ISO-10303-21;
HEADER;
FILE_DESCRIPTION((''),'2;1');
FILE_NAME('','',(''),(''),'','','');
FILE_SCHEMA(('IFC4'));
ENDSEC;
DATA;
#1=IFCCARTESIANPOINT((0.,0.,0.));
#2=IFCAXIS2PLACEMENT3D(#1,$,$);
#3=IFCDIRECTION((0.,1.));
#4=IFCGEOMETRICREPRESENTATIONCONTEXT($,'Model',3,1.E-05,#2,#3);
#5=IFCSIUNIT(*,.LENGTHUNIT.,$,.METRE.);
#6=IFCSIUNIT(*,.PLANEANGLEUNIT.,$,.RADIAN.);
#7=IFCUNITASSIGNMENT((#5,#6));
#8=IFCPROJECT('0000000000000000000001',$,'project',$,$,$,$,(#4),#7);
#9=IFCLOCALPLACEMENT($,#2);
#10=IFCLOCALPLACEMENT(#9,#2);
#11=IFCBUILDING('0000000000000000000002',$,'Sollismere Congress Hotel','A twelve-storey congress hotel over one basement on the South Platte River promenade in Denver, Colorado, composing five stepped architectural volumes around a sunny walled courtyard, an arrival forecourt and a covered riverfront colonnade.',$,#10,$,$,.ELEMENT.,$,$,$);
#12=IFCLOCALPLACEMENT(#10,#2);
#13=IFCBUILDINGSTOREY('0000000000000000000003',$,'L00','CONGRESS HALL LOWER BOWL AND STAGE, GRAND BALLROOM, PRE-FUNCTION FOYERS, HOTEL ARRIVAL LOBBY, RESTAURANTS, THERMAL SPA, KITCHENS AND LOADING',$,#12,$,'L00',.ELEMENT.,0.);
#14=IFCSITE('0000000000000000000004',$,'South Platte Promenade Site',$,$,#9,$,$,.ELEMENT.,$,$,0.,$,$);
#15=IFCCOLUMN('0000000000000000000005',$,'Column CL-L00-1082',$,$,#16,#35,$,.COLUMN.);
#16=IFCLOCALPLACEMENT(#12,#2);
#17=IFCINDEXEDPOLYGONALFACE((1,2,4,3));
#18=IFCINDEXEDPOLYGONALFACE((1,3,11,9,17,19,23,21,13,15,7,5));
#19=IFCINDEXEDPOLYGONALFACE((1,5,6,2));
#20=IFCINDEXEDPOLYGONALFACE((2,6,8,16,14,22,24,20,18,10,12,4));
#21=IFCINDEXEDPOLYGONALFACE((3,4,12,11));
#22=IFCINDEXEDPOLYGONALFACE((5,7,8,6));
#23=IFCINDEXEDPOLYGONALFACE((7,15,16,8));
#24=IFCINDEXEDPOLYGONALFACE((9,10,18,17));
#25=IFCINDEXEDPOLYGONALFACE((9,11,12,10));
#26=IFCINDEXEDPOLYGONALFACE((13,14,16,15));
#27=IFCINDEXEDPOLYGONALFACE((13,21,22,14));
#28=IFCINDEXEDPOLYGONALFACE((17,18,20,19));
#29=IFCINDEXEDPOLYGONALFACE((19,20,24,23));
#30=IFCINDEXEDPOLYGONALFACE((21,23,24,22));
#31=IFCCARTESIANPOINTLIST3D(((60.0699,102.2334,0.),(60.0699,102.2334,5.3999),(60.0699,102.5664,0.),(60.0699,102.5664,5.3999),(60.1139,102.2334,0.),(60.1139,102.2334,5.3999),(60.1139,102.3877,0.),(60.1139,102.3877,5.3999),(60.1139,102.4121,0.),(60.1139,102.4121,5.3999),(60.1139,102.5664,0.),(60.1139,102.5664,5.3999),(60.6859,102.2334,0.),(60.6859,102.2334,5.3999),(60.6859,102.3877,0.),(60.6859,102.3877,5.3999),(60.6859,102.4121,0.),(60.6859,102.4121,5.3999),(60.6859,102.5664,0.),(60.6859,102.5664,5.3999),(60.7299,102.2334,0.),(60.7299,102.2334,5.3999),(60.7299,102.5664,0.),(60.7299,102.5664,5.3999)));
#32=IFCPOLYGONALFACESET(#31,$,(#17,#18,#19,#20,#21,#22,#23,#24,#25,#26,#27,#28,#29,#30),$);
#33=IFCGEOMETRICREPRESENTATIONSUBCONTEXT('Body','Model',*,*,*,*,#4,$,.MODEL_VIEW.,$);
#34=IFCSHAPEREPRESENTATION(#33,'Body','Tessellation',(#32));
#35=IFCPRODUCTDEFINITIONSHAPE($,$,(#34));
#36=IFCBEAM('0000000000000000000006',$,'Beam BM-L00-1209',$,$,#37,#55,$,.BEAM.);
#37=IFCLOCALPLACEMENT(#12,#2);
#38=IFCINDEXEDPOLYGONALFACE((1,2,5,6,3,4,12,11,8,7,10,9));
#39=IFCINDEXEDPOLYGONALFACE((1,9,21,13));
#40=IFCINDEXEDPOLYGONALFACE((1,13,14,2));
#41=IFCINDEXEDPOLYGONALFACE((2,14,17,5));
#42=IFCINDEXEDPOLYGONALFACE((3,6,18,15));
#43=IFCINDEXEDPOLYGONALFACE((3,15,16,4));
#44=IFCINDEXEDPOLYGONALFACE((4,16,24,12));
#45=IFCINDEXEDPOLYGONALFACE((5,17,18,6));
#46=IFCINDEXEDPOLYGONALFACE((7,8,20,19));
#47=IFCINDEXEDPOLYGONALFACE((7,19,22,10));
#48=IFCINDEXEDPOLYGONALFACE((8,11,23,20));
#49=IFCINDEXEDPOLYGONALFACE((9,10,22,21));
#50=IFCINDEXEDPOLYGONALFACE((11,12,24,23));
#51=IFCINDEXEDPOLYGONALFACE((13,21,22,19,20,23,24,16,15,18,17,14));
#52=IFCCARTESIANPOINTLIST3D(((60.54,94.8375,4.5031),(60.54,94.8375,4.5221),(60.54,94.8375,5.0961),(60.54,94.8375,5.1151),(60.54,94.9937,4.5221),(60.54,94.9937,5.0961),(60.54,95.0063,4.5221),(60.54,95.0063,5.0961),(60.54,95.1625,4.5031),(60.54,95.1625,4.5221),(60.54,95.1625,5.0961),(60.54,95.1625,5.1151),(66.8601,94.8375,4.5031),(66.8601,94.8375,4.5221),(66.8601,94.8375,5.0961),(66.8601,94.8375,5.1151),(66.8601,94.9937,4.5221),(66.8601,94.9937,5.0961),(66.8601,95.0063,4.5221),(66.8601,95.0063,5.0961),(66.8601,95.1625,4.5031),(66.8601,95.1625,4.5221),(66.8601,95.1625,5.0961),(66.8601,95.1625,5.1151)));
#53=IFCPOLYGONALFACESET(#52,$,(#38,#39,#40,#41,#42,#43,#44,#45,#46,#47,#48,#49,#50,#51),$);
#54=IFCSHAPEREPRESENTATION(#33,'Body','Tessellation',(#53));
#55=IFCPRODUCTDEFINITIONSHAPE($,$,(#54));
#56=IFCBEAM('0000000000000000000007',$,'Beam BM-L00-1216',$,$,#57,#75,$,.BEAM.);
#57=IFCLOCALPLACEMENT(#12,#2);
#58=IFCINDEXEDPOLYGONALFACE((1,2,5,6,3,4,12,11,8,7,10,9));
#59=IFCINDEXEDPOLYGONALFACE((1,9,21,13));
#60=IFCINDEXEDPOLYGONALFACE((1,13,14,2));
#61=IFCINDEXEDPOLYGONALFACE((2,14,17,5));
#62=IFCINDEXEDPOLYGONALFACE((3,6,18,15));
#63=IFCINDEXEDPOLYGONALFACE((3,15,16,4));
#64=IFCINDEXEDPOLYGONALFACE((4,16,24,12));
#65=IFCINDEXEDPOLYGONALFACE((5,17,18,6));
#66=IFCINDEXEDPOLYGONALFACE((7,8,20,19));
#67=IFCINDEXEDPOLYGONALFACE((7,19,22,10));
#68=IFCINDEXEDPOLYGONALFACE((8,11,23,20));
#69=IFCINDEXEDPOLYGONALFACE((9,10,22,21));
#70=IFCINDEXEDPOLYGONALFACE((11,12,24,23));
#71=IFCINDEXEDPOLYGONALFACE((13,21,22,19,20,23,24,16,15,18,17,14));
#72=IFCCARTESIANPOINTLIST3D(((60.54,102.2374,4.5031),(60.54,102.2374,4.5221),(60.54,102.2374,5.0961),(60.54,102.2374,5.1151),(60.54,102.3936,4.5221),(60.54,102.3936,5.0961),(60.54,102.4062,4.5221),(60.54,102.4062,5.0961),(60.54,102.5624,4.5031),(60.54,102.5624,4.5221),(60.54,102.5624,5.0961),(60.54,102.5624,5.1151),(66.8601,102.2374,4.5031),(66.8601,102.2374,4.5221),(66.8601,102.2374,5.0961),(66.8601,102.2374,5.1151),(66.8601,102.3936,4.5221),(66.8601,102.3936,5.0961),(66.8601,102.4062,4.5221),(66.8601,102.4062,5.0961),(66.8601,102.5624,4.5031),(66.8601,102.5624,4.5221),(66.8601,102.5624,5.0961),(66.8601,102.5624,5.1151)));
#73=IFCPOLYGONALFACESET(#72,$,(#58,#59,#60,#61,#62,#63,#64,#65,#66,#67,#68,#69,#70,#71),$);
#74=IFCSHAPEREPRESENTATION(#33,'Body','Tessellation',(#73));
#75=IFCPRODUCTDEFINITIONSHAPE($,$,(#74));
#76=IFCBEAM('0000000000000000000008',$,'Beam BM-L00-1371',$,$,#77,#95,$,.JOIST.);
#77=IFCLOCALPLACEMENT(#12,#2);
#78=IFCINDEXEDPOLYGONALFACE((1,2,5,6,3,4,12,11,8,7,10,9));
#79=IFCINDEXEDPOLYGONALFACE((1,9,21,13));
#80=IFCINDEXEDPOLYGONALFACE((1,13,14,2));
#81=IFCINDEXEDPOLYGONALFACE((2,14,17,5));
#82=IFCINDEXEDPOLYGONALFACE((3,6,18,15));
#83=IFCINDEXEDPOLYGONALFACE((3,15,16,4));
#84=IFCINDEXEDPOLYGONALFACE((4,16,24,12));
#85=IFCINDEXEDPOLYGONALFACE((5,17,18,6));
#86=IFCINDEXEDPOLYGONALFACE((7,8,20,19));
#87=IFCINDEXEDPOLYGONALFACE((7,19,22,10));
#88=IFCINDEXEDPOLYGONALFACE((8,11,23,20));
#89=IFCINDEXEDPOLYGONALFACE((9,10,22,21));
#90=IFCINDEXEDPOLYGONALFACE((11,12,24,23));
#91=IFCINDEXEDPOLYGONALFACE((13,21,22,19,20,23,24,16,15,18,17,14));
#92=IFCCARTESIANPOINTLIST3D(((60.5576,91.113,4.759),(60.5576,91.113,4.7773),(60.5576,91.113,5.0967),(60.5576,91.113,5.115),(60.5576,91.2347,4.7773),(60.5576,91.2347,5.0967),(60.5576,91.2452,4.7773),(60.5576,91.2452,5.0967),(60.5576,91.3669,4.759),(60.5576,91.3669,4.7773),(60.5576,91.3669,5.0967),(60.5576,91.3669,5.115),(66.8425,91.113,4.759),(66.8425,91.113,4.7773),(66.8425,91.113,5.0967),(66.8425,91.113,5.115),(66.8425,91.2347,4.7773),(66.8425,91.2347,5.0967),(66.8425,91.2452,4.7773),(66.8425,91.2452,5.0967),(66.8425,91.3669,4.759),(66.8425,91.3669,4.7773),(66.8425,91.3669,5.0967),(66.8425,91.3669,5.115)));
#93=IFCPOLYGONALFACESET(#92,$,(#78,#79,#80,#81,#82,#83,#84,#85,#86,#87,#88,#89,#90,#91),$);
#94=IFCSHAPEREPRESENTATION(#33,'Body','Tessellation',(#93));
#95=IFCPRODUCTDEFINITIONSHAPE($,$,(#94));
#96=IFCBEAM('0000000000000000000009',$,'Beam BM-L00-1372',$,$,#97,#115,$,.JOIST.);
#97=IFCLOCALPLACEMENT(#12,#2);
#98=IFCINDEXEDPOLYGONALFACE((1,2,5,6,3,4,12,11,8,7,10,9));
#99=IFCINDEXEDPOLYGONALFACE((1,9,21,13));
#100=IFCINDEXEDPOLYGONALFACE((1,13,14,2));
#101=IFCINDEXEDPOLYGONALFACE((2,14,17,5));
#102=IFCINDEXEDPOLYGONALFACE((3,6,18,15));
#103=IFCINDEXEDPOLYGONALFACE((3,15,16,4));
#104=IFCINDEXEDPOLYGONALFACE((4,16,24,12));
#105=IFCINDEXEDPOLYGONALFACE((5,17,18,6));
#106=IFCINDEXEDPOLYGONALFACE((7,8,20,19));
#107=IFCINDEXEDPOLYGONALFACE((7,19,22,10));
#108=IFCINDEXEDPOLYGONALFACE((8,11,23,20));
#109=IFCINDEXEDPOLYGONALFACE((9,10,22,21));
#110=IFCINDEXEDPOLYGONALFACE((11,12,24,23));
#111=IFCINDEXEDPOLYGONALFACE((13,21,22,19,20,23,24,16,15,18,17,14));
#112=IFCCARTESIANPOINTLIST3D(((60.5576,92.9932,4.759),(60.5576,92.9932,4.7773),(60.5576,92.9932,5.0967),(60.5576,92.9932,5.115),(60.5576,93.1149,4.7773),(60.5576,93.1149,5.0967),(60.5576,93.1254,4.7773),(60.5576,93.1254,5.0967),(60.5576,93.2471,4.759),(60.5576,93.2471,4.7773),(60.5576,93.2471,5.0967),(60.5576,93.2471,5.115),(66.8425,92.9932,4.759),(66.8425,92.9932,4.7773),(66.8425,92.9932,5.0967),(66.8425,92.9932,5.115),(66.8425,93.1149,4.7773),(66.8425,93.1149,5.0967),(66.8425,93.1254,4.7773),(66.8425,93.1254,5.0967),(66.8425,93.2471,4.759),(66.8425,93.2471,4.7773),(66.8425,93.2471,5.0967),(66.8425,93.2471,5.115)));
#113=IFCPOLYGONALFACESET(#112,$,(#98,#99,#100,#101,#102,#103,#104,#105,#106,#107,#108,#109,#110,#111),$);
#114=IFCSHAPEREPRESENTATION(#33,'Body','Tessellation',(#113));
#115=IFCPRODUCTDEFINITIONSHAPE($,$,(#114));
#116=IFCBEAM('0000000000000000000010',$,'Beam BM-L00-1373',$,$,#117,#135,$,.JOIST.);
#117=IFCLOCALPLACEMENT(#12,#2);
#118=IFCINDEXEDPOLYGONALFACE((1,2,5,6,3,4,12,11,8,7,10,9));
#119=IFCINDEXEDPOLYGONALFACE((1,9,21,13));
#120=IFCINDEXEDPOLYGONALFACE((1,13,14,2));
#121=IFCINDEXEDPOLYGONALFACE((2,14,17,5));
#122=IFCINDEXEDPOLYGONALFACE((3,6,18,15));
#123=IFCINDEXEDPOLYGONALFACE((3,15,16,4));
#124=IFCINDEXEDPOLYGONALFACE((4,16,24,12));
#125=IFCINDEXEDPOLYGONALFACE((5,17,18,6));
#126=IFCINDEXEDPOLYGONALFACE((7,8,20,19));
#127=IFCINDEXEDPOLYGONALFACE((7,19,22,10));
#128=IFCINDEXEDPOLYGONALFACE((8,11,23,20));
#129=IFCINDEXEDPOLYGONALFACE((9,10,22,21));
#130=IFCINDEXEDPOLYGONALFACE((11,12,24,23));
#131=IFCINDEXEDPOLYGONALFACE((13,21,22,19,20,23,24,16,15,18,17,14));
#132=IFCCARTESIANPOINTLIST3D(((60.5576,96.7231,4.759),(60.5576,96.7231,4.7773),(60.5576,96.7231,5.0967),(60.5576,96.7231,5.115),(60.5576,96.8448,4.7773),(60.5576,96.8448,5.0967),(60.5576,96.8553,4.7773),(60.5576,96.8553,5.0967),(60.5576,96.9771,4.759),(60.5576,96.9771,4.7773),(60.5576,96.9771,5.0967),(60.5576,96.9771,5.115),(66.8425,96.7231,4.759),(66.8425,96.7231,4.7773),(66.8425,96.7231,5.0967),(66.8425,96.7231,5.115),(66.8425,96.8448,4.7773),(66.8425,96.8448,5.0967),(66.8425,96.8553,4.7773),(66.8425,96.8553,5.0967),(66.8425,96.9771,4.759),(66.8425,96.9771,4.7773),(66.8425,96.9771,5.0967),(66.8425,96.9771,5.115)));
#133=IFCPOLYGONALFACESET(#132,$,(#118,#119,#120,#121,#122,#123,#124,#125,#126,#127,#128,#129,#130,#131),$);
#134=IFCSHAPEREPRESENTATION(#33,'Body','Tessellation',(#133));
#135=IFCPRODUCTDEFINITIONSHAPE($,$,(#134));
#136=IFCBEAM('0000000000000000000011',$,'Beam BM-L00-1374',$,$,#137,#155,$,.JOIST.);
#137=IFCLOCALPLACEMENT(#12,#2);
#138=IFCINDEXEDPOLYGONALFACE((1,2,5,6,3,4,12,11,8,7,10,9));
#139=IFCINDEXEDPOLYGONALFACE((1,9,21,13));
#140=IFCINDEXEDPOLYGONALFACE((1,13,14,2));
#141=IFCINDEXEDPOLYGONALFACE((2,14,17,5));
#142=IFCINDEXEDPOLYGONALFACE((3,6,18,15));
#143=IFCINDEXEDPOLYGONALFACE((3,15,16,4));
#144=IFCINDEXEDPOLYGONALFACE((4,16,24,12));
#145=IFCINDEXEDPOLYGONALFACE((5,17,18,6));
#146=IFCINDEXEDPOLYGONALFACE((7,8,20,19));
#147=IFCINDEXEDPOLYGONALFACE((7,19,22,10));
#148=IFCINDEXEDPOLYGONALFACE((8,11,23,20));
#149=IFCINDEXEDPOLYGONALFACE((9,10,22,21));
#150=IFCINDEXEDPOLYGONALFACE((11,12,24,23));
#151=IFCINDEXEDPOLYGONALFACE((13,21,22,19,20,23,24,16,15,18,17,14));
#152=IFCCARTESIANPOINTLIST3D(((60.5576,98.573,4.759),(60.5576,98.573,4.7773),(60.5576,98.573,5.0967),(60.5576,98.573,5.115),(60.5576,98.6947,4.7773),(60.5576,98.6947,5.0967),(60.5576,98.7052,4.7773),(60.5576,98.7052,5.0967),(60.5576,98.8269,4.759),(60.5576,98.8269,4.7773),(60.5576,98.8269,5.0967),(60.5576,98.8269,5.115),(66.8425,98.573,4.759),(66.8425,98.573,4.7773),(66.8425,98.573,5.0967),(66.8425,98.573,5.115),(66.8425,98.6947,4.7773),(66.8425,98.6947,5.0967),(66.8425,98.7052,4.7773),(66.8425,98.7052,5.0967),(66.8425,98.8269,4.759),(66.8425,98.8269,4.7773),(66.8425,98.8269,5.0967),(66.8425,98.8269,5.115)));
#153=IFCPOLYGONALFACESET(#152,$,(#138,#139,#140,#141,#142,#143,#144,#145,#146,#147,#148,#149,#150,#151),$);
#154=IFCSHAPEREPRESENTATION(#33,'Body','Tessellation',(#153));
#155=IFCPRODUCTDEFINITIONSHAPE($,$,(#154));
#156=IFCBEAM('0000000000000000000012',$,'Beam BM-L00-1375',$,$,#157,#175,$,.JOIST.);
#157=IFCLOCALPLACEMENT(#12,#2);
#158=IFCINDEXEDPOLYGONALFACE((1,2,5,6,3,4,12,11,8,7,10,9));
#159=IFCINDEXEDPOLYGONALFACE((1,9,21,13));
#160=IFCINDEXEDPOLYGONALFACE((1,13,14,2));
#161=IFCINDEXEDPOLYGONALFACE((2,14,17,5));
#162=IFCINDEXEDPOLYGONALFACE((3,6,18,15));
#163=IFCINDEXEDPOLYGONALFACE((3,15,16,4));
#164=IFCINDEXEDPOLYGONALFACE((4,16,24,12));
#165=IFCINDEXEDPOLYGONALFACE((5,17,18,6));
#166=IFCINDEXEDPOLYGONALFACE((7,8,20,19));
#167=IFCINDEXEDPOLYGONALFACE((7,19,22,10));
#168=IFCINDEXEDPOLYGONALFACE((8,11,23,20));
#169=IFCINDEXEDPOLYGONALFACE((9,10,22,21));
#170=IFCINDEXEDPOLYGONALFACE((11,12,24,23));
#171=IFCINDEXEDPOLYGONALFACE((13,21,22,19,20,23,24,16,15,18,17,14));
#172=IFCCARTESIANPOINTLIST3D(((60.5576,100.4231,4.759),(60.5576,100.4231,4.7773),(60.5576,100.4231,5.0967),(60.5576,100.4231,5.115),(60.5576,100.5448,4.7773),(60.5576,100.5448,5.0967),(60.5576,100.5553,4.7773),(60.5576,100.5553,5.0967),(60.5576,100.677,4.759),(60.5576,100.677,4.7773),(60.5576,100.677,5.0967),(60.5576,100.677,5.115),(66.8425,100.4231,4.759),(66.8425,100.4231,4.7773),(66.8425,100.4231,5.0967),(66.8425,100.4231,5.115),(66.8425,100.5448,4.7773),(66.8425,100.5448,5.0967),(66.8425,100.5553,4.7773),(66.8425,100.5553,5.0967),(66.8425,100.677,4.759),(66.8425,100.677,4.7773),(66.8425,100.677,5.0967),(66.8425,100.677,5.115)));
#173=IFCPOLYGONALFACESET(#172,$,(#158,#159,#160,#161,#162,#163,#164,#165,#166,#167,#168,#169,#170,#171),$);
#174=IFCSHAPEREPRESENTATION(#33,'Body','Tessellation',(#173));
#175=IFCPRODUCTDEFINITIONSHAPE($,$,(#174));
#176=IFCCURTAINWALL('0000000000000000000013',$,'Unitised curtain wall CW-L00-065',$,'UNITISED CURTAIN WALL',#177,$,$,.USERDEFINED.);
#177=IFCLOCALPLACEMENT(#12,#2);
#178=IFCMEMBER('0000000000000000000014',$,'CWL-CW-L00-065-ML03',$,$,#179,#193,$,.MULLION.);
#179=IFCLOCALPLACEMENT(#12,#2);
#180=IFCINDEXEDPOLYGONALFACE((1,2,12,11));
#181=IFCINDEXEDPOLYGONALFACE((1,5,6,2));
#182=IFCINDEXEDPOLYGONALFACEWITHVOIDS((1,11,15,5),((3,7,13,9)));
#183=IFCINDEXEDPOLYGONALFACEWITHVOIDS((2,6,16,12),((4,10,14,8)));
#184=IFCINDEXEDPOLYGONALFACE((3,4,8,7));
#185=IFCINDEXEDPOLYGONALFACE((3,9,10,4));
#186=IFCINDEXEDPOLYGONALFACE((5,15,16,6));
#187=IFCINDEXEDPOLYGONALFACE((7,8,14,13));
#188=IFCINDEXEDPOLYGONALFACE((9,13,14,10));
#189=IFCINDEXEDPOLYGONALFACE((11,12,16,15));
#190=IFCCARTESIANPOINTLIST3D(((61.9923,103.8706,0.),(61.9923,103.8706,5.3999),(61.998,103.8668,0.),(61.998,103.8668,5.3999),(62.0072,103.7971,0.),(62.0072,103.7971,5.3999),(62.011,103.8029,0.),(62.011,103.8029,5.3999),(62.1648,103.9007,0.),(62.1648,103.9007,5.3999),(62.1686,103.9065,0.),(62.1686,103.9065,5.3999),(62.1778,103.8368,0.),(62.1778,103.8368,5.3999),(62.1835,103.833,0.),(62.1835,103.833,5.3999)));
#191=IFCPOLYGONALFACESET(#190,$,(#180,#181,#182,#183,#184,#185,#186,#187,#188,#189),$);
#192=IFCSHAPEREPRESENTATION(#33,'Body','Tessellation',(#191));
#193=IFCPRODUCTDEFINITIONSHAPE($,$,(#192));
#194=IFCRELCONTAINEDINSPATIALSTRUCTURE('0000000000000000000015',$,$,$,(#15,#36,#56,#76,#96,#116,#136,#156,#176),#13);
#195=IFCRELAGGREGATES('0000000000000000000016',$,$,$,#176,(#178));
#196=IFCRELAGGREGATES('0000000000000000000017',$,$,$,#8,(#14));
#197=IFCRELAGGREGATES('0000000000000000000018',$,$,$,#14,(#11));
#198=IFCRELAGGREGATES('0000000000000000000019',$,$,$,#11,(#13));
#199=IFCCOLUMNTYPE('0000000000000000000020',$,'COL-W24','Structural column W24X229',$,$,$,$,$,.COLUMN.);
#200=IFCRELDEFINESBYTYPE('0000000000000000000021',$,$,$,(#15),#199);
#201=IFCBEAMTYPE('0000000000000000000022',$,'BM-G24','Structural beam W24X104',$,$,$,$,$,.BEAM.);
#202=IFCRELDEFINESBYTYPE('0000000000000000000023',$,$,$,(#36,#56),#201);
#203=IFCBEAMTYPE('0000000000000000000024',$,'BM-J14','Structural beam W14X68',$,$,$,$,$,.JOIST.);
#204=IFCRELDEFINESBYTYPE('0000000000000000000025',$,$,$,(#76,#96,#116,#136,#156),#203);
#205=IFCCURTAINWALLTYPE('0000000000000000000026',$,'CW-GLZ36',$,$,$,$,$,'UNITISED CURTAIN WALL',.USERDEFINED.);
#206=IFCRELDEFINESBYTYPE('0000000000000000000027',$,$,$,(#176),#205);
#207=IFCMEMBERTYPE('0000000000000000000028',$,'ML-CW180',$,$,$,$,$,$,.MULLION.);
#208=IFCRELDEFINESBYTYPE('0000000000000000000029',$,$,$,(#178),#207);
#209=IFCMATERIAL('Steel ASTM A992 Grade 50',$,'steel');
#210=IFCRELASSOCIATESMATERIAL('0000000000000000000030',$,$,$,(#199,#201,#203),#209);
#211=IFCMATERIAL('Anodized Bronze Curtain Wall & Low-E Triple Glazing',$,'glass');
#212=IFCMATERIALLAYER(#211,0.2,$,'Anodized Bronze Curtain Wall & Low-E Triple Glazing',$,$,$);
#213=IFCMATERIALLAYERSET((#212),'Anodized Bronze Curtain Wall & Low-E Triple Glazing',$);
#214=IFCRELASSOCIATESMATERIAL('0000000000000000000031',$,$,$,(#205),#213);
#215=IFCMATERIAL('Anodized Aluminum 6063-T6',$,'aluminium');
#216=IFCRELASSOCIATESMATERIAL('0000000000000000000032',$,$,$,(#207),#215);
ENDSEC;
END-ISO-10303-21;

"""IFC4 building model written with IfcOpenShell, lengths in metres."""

from ifc_helpers import new_model, si_unit, direction, frame, origin, origin_2d, place, context, subcontext, project, spatial, hollow_rectangle, i_section, extrude, material, layer, layer_set, material_profile, profile_set, type_object, element, aggregate, save


model = new_model("IFC4")

# Units and contexts
model_context = context("Model", 3, precision=1e-05, world=origin(), true_north=direction((0.0, 1.0)))
body_context = subcontext(model_context, "Body", "Model", "MODEL_VIEW")
ifc_project = project(units=[si_unit("LENGTHUNIT", "METRE"), si_unit("PLANEANGLEUNIT", "RADIAN")], contexts=[model_context])

# Site, building, storey
site_placement = place(None, origin())
site = spatial("IfcSite", under=ifc_project, at=site_placement, Name="South Platte Promenade Site", CompositionType="ELEMENT", RefElevation=0.0)
building_placement = place(site_placement, origin())
building = spatial("IfcBuilding", under=site, at=building_placement, Name="Sollismere Congress Hotel", Description="A twelve-storey congress hotel over one basement on the South Platte River promenade in Denver, Colorado, composing five stepped architectural volumes around a sunny walled courtyard, an arrival forecourt and a covered riverfront colonnade.", CompositionType="ELEMENT")
storey_placement = place(building_placement, origin())
storey = spatial("IfcBuildingStorey", under=building, at=storey_placement, Name="L00", Description="CONGRESS HALL LOWER BOWL AND STAGE, GRAND BALLROOM, PRE-FUNCTION FOYERS, HOTEL ARRIVAL LOBBY, RESTAURANTS, THERMAL SPA, KITCHENS AND LOADING", LongName="L00", CompositionType="ELEMENT", Elevation=0.0)

# Column
ifc_material_1 = material(Name="Steel ASTM A992 Grade 50", Category="steel")
ifc_material_profile_1 = material_profile(ifc_material_1, i_section(OverallWidth=0.333, OverallDepth=0.6599, WebThickness=0.0244, FlangeThickness=0.0439, at=origin_2d()), Name="W24X229")
ifc_profile_set_1 = profile_set([ifc_material_profile_1], Name="Steel ASTM A992 Grade 50")
column_type = type_object("IfcColumnType", Name="COL-W24", Description="Structural column W24X229", PredefinedType="COLUMN", material=ifc_profile_set_1)
column_placement = place(storey_placement, frame((60.3999, 102.3999, 0.0), z_axis=(0.0, 0.0, 1.0), x_axis=(0.0, 1.0, 0.0)))
element("IfcColumn", 1, at=column_placement, inside=storey, type_object=column_type, Name="Column CL-L00-1082", PredefinedType="COLUMN", context=body_context, shape_type="SweptSolid", body=[
    extrude(i_section(OverallWidth=0.333, OverallDepth=0.6599, WebThickness=0.0244, FlangeThickness=0.0439, at=origin_2d()), origin(), (0.0, 0.0, 1.0), 5.3999),
])

# Beams
ifc_material_profile_2 = material_profile(ifc_material_1, i_section(OverallWidth=0.325, OverallDepth=0.6121, WebThickness=0.0127, FlangeThickness=0.019, at=origin_2d()), Name="W24X104")
ifc_profile_set_2 = profile_set([ifc_material_profile_2], Name="Steel ASTM A992 Grade 50")
beam_type_1 = type_object("IfcBeamType", Name="BM-G24", Description="Structural beam W24X104", PredefinedType="BEAM", material=ifc_profile_set_2)
for number, where, z_axis, x_axis, name in (
    (2, (60.54, 95.0, 4.8091), (1.0, 0.0, 0.0), (0.0, 1.0, 0.0), "Beam BM-L00-1209"),
    (3, (60.54, 102.3999, 4.8091), (1.0, 0.0, 0.0), (0.0, 1.0, 0.0), "Beam BM-L00-1216"),
):
    element("IfcBeam", number, at=place(storey_placement, frame(where, z_axis=z_axis, x_axis=x_axis)), inside=storey, type_object=beam_type_1, Name=name, PredefinedType="BEAM", context=body_context, shape_type="SweptSolid", body=[
        extrude(i_section(OverallWidth=0.325, OverallDepth=0.6121, WebThickness=0.0127, FlangeThickness=0.019, at=origin_2d()), origin(), (0.0, 0.0, 1.0), 6.3201),
    ])
ifc_material_profile_3 = material_profile(ifc_material_1, i_section(OverallWidth=0.2539, OverallDepth=0.356, WebThickness=0.0105, FlangeThickness=0.0183, at=origin_2d()), Name="W14X68")
ifc_profile_set_3 = profile_set([ifc_material_profile_3], Name="Steel ASTM A992 Grade 50")
beam_type_2 = type_object("IfcBeamType", Name="BM-J14", Description="Structural beam W14X68", PredefinedType="JOIST", material=ifc_profile_set_3)
for number, where, z_axis, x_axis, name in (
    (4, (60.5576, 91.24, 4.937), (1.0, 0.0, 0.0), (0.0, 1.0, 0.0), "Beam BM-L00-1371"),
    (5, (60.5576, 93.1201, 4.937), (1.0, 0.0, 0.0), (0.0, 1.0, 0.0), "Beam BM-L00-1372"),
    (6, (60.5576, 96.8501, 4.937), (1.0, 0.0, 0.0), (0.0, 1.0, 0.0), "Beam BM-L00-1373"),
    (7, (60.5576, 98.7, 4.937), (1.0, 0.0, 0.0), (0.0, 1.0, 0.0), "Beam BM-L00-1374"),
    (8, (60.5576, 100.55, 4.937), (1.0, 0.0, 0.0), (0.0, 1.0, 0.0), "Beam BM-L00-1375"),
):
    element("IfcBeam", number, at=place(storey_placement, frame(where, z_axis=z_axis, x_axis=x_axis)), inside=storey, type_object=beam_type_2, Name=name, PredefinedType="JOIST", context=body_context, shape_type="SweptSolid", body=[
        extrude(i_section(OverallWidth=0.2539, OverallDepth=0.356, WebThickness=0.0105, FlangeThickness=0.0183, at=origin_2d()), origin(), (0.0, 0.0, 1.0), 6.2849),
    ])

# Curtain wall, member
ifc_material_2 = material(Name="Anodized Bronze Curtain Wall & Low-E Triple Glazing", Category="glass")
ifc_layer_1 = layer(ifc_material_2, 0.2, Name="Anodized Bronze Curtain Wall & Low-E Triple Glazing")
ifc_layer_set_1 = layer_set([ifc_layer_1], Name="Anodized Bronze Curtain Wall & Low-E Triple Glazing")
curtain_wall_type = type_object("IfcCurtainWallType", Name="CW-GLZ36", ElementType="UNITISED CURTAIN WALL", PredefinedType="USERDEFINED", material=ifc_layer_set_1)
curtain_wall_1_placement = place(storey_placement, origin())
curtain_wall_1 = element("IfcCurtainWall", 9, at=curtain_wall_1_placement, inside=storey, type_object=curtain_wall_type, Name="Unitised curtain wall CW-L00-065", ObjectType="UNITISED CURTAIN WALL", PredefinedType="USERDEFINED")
ifc_material_3 = material(Name="Anodized Aluminum 6063-T6", Category="aluminium")
ifc_material_profile_4 = material_profile(ifc_material_3, hollow_rectangle(XDim=0.075, YDim=0.1799, WallThickness=0.0049, at=origin_2d()), Name="ALU180X75X5")
ifc_profile_set_4 = profile_set([ifc_material_profile_4], Name="Anodized Aluminum 6063-T6")
member_type_1 = type_object("IfcMemberType", Name="ML-CW180", PredefinedType="MULLION", material=ifc_profile_set_4)
member_1_placement = place(storey_placement, frame((62.0879, 103.8518, 0.0), z_axis=(0.0, 0.0, 1.0), x_axis=(-0.199368, 0.979925, 0.0)))
member_1 = element("IfcMember", 10, at=member_1_placement, type_object=member_type_1, Name="CWL-CW-L00-065-ML03", PredefinedType="MULLION", context=body_context, shape_type="SweptSolid", body=[
    extrude(hollow_rectangle(XDim=0.075, YDim=0.1799, WallThickness=0.0049, at=origin_2d()), origin(), (0.0, 0.0, 1.0), 5.3999),
])

aggregate(curtain_wall_1, [member_1])

save(model, "model.ifc")
